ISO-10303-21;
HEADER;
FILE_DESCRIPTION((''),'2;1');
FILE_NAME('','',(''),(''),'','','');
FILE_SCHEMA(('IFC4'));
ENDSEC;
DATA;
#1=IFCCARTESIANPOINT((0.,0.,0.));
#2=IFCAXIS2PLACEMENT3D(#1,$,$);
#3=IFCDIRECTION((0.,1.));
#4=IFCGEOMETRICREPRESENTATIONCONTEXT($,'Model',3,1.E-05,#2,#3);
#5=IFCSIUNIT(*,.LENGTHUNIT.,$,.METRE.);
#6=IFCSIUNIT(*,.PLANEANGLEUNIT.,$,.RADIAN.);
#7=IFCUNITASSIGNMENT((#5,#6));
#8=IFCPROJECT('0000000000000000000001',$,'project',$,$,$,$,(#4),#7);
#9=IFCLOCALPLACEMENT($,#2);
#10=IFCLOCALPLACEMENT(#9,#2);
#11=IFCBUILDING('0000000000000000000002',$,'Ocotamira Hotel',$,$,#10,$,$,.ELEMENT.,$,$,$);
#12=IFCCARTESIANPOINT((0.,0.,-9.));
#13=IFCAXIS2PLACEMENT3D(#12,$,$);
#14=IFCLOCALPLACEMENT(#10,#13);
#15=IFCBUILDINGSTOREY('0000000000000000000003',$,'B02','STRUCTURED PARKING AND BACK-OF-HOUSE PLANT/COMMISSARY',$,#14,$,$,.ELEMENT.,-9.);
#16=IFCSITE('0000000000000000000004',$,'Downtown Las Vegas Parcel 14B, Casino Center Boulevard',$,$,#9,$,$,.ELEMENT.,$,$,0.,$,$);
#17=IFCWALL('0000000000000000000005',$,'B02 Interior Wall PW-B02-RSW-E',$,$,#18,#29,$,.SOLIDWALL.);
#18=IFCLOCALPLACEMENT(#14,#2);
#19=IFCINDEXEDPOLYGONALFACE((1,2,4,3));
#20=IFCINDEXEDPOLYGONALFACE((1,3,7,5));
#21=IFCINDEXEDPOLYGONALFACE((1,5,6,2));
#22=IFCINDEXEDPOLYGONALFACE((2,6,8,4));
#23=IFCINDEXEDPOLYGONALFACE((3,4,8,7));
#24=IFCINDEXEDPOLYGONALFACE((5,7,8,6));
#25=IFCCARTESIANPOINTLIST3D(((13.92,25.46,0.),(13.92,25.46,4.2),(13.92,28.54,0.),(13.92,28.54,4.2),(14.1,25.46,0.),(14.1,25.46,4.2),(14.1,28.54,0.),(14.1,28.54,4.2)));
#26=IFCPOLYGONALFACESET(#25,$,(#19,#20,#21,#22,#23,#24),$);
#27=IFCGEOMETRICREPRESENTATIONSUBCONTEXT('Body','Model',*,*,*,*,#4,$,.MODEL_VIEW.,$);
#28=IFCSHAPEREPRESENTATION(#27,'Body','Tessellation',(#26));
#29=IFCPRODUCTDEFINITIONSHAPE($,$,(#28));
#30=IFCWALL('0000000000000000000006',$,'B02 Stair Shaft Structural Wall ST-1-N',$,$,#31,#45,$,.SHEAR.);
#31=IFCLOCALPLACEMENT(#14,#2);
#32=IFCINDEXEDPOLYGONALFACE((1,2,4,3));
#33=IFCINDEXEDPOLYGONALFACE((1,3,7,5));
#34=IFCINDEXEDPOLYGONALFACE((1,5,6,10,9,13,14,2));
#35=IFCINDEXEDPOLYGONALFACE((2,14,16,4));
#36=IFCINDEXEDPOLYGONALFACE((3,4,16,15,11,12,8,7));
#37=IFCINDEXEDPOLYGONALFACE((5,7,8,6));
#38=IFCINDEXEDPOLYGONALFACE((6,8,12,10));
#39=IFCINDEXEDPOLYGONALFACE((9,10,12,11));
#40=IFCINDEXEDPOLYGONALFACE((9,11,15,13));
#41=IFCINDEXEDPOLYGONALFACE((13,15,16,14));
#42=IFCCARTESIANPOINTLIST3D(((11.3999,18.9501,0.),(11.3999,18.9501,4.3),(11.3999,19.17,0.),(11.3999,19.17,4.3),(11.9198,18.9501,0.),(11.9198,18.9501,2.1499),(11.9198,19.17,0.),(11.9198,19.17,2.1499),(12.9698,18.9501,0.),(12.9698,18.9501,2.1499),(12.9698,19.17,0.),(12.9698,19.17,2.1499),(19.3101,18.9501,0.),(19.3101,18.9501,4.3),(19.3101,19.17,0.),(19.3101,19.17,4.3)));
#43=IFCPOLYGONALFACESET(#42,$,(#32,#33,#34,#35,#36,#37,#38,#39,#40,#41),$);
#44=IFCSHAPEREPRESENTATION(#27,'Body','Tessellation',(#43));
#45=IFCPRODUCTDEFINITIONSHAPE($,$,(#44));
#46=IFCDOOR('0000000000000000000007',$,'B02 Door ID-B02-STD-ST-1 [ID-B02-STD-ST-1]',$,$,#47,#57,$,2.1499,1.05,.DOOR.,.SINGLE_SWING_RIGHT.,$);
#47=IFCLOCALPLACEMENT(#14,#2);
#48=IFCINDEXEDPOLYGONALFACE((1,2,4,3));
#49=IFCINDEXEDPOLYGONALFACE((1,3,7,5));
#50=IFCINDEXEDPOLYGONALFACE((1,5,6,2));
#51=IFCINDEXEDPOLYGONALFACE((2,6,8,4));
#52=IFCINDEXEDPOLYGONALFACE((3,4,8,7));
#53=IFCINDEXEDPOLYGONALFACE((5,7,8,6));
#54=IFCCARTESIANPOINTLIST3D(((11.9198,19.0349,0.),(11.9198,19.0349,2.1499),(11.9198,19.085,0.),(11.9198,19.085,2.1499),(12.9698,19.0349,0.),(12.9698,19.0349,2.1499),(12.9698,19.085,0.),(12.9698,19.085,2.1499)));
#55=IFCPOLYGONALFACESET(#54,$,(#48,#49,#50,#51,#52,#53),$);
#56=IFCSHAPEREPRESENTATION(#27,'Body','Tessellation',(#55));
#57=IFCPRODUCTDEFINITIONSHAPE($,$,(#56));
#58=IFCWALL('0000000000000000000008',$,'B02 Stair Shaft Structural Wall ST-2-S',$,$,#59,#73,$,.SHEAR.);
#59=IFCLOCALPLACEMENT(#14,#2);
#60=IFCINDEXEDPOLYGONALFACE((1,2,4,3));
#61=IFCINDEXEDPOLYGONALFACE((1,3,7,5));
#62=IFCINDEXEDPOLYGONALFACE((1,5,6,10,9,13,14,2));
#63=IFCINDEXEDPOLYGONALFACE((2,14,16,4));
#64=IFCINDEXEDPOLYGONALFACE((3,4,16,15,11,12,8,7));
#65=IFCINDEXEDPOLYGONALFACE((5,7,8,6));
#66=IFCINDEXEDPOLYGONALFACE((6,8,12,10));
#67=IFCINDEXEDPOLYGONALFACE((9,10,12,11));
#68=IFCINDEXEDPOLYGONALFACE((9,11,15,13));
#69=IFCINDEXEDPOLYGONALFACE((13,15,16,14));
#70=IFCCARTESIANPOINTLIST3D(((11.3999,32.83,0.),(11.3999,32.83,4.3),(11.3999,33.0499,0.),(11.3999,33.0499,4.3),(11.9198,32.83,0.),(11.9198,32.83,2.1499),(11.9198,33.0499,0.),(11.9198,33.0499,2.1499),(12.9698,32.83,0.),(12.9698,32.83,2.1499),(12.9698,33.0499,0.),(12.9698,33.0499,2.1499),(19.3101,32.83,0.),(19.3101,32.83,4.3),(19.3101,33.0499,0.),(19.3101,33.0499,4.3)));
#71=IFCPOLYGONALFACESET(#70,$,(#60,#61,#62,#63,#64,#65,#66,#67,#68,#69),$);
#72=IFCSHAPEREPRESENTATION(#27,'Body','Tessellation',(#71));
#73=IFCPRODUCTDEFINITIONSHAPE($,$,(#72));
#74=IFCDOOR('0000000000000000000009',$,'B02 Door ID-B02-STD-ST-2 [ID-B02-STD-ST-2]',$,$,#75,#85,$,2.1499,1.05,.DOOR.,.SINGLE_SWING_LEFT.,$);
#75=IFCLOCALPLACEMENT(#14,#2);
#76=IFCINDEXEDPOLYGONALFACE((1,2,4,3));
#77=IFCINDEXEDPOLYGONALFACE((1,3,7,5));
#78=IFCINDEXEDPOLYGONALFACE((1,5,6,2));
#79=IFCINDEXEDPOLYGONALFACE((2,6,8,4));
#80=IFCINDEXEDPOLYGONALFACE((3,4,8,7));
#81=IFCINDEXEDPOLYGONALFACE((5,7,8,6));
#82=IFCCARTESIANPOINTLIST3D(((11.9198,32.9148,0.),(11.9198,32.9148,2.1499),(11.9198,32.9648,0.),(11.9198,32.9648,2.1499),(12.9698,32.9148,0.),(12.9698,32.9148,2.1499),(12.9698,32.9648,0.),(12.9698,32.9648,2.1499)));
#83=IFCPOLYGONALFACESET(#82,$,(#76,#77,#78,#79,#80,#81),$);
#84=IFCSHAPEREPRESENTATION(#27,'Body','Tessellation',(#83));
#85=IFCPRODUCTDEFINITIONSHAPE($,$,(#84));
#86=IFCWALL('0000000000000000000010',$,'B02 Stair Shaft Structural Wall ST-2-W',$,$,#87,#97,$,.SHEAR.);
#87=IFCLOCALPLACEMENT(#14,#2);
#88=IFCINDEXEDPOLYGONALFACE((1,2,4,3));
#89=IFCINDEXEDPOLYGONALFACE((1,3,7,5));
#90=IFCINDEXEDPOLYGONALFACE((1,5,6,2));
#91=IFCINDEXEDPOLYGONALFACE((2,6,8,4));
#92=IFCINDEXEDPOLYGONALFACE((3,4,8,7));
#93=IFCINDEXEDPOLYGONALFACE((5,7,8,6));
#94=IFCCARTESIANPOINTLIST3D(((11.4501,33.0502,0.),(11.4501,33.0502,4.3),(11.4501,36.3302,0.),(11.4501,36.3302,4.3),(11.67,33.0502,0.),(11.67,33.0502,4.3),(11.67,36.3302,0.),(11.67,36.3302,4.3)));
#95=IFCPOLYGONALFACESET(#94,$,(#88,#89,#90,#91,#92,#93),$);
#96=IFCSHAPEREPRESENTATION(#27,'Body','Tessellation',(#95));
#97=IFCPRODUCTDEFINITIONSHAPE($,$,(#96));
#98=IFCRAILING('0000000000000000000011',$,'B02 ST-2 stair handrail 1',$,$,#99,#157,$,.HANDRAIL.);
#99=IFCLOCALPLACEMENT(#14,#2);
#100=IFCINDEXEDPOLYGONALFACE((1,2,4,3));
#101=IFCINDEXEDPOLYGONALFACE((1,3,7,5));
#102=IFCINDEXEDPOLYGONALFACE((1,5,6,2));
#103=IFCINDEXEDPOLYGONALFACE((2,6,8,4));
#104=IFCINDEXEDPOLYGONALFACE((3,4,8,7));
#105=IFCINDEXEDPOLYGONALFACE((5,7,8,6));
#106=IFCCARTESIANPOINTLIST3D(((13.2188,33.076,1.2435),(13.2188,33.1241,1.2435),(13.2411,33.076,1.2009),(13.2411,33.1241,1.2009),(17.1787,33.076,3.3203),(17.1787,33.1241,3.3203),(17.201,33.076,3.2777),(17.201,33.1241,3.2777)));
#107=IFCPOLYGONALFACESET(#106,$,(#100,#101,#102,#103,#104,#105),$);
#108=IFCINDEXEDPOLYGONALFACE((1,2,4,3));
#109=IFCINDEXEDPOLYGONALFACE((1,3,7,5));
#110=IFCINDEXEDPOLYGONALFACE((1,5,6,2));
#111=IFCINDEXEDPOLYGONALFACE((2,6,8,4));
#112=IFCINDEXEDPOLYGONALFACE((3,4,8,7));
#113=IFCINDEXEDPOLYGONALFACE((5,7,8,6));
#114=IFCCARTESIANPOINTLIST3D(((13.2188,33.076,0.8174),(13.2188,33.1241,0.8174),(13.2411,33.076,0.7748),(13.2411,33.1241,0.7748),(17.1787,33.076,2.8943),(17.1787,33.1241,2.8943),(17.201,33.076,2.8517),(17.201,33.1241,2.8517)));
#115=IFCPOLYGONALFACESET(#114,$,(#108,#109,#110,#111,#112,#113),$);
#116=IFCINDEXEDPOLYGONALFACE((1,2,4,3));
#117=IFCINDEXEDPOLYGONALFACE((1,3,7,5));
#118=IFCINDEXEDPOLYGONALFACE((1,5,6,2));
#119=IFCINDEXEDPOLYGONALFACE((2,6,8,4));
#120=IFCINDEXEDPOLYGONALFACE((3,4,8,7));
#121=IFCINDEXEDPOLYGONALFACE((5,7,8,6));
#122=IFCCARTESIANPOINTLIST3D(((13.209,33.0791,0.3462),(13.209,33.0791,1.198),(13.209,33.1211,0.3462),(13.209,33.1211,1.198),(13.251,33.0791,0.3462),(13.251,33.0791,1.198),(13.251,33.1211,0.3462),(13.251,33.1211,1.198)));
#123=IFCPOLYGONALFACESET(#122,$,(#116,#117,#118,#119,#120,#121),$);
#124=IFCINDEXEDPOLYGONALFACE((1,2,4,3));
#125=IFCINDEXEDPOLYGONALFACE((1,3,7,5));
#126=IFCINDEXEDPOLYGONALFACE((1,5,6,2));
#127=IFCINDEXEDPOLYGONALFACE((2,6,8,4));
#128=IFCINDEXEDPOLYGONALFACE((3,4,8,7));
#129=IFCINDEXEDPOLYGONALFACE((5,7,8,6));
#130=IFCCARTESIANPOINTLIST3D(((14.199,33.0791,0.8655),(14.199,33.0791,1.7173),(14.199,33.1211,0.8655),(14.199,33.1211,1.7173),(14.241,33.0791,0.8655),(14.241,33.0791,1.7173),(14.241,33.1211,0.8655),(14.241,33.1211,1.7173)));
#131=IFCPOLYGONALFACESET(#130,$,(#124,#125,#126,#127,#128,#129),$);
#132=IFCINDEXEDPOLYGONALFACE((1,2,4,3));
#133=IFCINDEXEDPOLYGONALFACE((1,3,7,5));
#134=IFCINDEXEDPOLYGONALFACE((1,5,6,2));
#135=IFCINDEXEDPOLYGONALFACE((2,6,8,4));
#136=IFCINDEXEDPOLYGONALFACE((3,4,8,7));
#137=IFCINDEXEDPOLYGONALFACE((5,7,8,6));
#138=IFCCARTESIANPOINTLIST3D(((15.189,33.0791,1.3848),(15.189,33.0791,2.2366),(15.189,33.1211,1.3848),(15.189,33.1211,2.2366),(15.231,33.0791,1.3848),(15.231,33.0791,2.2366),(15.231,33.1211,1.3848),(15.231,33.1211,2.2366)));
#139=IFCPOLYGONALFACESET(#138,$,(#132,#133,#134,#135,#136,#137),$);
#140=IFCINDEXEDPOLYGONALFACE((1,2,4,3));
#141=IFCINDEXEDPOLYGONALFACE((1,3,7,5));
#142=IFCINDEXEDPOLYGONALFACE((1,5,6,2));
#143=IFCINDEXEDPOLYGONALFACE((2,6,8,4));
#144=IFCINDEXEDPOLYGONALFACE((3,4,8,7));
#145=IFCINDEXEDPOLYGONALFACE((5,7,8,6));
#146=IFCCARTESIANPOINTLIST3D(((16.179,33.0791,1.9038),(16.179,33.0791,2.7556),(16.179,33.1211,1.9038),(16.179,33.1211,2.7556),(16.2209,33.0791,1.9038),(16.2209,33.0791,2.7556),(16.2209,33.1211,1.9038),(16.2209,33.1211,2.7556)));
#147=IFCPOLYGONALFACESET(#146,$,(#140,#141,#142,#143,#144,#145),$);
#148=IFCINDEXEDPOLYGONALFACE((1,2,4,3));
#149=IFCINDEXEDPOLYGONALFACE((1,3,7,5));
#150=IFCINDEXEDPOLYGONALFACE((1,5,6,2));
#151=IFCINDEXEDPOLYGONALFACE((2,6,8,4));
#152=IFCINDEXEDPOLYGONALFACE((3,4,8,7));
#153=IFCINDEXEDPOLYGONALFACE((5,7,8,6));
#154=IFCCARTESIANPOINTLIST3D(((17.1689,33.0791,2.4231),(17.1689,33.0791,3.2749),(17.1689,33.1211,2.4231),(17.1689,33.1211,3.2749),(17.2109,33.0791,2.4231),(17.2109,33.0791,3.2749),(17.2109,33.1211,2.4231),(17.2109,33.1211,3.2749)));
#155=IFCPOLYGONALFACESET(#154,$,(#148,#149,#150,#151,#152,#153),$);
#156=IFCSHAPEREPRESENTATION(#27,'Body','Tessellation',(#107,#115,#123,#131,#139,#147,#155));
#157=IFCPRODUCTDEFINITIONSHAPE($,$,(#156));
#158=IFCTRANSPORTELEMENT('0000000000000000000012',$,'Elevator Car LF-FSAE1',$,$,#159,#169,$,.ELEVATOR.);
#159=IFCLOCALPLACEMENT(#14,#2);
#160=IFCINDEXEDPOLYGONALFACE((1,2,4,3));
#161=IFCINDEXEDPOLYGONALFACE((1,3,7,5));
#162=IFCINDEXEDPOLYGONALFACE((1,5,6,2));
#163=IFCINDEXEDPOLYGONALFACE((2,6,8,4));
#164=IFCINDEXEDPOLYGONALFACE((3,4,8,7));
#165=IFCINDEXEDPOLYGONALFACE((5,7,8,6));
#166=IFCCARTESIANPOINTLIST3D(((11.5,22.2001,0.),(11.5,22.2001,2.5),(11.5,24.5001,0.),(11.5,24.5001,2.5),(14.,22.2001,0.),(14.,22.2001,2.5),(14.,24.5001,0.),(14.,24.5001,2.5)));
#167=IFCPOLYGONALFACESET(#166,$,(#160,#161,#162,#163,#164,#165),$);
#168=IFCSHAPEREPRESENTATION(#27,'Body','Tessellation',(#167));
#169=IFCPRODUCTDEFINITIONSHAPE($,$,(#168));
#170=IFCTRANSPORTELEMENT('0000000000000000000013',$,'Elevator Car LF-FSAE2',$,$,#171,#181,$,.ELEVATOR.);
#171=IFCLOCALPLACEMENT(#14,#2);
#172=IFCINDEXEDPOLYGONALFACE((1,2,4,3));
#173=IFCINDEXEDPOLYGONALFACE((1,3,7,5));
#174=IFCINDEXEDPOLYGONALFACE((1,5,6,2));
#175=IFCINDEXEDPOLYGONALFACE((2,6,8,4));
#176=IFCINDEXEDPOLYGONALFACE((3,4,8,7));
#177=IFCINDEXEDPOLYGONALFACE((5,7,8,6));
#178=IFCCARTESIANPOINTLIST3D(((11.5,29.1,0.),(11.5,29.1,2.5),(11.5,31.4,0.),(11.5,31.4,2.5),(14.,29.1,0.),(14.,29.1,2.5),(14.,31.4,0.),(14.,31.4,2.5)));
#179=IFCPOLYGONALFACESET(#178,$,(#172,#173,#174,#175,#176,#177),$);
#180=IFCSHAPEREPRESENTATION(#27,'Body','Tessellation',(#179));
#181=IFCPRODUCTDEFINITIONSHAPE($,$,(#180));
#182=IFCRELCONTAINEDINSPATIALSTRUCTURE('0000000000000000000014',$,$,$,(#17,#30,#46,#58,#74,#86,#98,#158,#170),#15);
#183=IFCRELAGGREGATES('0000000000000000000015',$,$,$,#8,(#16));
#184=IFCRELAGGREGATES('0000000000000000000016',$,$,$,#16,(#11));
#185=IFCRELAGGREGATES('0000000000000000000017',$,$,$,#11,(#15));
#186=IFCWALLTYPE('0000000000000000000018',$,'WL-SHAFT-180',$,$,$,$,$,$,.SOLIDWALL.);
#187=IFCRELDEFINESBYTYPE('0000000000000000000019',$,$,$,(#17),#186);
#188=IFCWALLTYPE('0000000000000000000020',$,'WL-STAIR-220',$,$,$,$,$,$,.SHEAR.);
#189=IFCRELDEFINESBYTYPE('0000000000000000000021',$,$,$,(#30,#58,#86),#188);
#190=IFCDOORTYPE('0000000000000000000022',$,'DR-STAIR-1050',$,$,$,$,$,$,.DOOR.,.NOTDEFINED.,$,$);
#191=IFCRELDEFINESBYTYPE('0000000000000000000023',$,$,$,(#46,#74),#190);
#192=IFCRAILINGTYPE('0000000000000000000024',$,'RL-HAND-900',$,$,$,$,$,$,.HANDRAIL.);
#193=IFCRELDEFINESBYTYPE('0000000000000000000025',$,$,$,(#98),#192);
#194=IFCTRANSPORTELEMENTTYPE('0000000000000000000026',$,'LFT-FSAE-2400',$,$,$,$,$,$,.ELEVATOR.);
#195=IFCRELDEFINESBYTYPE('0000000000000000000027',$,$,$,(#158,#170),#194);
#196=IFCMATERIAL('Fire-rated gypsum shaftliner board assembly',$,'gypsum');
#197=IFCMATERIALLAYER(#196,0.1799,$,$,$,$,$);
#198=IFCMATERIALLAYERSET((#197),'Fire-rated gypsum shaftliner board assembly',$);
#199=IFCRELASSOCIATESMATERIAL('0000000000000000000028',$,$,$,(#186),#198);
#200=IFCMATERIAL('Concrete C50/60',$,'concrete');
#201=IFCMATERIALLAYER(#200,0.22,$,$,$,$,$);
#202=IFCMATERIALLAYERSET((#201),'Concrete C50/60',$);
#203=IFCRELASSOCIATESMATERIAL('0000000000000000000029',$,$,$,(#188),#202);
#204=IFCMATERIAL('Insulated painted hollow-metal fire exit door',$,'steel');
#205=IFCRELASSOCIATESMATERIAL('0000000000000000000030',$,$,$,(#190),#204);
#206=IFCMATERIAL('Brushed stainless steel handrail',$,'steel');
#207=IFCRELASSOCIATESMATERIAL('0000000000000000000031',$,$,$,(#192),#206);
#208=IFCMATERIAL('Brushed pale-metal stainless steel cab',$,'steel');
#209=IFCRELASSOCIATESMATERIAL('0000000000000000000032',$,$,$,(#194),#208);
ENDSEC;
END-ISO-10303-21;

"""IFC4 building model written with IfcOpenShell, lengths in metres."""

from ifc_helpers import new_model, si_unit, direction, frame, frame_2d, origin, origin_2d, place, context, subcontext, project, spatial, rectangle, extrude, source, transform, mapped, material, layer, layer_set, type_object, element, fill, save


model = new_model("IFC4")

# Units and contexts
model_context = context("Model", 3, precision=1e-05, world=origin(), true_north=direction((0.0, 1.0)))
body_context = subcontext(model_context, "Body", "Model", "MODEL_VIEW")
ifc_project = project(units=[si_unit("LENGTHUNIT", "METRE"), si_unit("PLANEANGLEUNIT", "RADIAN")], contexts=[model_context])

# Site, building, storey
site_placement = place(None, origin())
site = spatial("IfcSite", under=ifc_project, at=site_placement, Name="Downtown Las Vegas Parcel 14B, Casino Center Boulevard", CompositionType="ELEMENT", RefElevation=0.0)
building_placement = place(site_placement, origin())
building = spatial("IfcBuilding", under=site, at=building_placement, Name="Ocotamira Hotel", CompositionType="ELEMENT")
storey_placement = place(building_placement, frame((0.0, 0.0, -9.0)))
storey = spatial("IfcBuildingStorey", under=building, at=storey_placement, Name="B02", Description="STRUCTURED PARKING AND BACK-OF-HOUSE PLANT/COMMISSARY", CompositionType="ELEMENT", Elevation=-9.0)

# Shared definitions
ifc_material_1 = material(Name="Concrete C50/60", Category="concrete")

# Wall
ifc_material_2 = material(Name="Fire-rated gypsum shaftliner board assembly", Category="gypsum")
ifc_layer_1 = layer(ifc_material_2, 0.1799)
ifc_layer_set_1 = layer_set([ifc_layer_1], Name="Fire-rated gypsum shaftliner board assembly")
wall_type_1 = type_object("IfcWallType", Name="WL-SHAFT-180", PredefinedType="SOLIDWALL", material=ifc_layer_set_1)
wall_1_placement = place(storey_placement, frame((14.01, 25.46, 0.0), z_axis=(0.0, 0.0, 1.0), x_axis=(0.0, 1.0, 0.0)))
element("IfcWall", 1, at=wall_1_placement, inside=storey, type_object=wall_type_1, Name="B02 Interior Wall PW-B02-RSW-E", PredefinedType="SOLIDWALL", context=body_context, shape_type="SweptSolid", body=[
    extrude(rectangle(XDim=3.0801, YDim=0.1799, at=frame_2d((1.54, 0.0))), origin(), (0.0, 0.0, 1.0), 4.2),
])

# Walls, openings, doors
ifc_layer_2 = layer(ifc_material_1, 0.22)
ifc_layer_set_2 = layer_set([ifc_layer_2], Name="Concrete C50/60")
wall_type_2 = type_object("IfcWallType", Name="WL-STAIR-220", PredefinedType="SHEAR", material=ifc_layer_set_2)
wall_2_placement = place(storey_placement, frame((11.3999, 19.0601, 0.0), z_axis=(0.0, 0.0, 1.0), x_axis=(1.0, 0.0, 0.0)))
wall_2 = element("IfcWall", 2, at=wall_2_placement, inside=storey, type_object=wall_type_2, Name="B02 Stair Shaft Structural Wall ST-1-N", PredefinedType="SHEAR", context=body_context, shape_type="SweptSolid", body=[
    extrude(rectangle(XDim=7.9102, YDim=0.22, at=frame_2d((3.9551, 0.0))), origin(), (0.0, 0.0, 1.0), 4.3),
])
opening_1_placement = place(wall_2_placement, frame((0.52, 0.0, 0.0)))
opening_1 = element("IfcOpeningElement", 3, at=opening_1_placement, cuts=wall_2, PredefinedType="OPENING", context=body_context, shape_type="SweptSolid", body=[
    extrude(rectangle(XDim=1.05, YDim=2.1499, at=frame_2d((0.5249, 1.075))), frame((0.0, 0.1201, 0.0), z_axis=(0.0, -1.0, 0.0), x_axis=(1.0, 0.0, 0.0)), (0.0, 0.0, 1.0), 0.24),
])
ifc_material_3 = material(Name="Insulated painted hollow-metal fire exit door", Category="steel")
door_type_1 = type_object("IfcDoorType", Name="DR-STAIR-1050", OperationType="NOTDEFINED", PredefinedType="DOOR", material=ifc_material_3)
shared_shape_1 = source(origin(), body_context, "Body", "SweptSolid", [
    extrude(rectangle(XDim=1.05, YDim=2.1499, at=frame_2d((0.5249, 1.075))), frame((0.0, 0.0249, 0.0), z_axis=(0.0, -1.0, 0.0), x_axis=(1.0, 0.0, 0.0)), (0.0, 0.0, 1.0), 0.05),
])
door_1_placement = place(opening_1_placement, origin())
door_1 = element("IfcDoor", 4, at=door_1_placement, inside=storey, type_object=door_type_1, Name="B02 Door ID-B02-STD-ST-1 [ID-B02-STD-ST-1]", OperationType="SINGLE_SWING_RIGHT", OverallHeight=2.1499, OverallWidth=1.05, PredefinedType="DOOR", context=body_context, shape_type="MappedRepresentation", body=[
    mapped(shared_shape_1, transform((0.0, 0.0, 0.0), scale=1.0)),
])
fill(opening_1, door_1)
wall_3_placement = place(storey_placement, frame((11.3999, 32.9399, 0.0), z_axis=(0.0, 0.0, 1.0), x_axis=(1.0, 0.0, 0.0)))
wall_3 = element("IfcWall", 5, at=wall_3_placement, inside=storey, type_object=wall_type_2, Name="B02 Stair Shaft Structural Wall ST-2-S", PredefinedType="SHEAR", context=body_context, shape_type="SweptSolid", body=[
    extrude(rectangle(XDim=7.9102, YDim=0.22, at=frame_2d((3.9551, 0.0))), origin(), (0.0, 0.0, 1.0), 4.3),
])
opening_2_placement = place(wall_3_placement, frame((0.52, 0.0, 0.0)))
opening_2 = element("IfcOpeningElement", 6, at=opening_2_placement, cuts=wall_3, PredefinedType="OPENING", context=body_context, shape_type="SweptSolid", body=[
    extrude(rectangle(XDim=1.05, YDim=2.1499, at=frame_2d((0.5249, 1.075))), frame((0.0, 0.1201, 0.0), z_axis=(0.0, -1.0, 0.0), x_axis=(1.0, 0.0, 0.0)), (0.0, 0.0, 1.0), 0.24),
])
door_2_placement = place(opening_2_placement, origin())
door_2 = element("IfcDoor", 7, at=door_2_placement, inside=storey, type_object=door_type_1, Name="B02 Door ID-B02-STD-ST-2 [ID-B02-STD-ST-2]", OperationType="SINGLE_SWING_LEFT", OverallHeight=2.1499, OverallWidth=1.05, PredefinedType="DOOR", context=body_context, shape_type="MappedRepresentation", body=[
    mapped(shared_shape_1, transform((0.0, 0.0, 0.0), scale=1.0)),
])
fill(opening_2, door_2)

# Wall
wall_4_placement = place(storey_placement, frame((11.5601, 33.05, 0.0), z_axis=(0.0, 0.0, 1.0), x_axis=(0.0, 1.0, 0.0)))
element("IfcWall", 8, at=wall_4_placement, inside=storey, type_object=wall_type_2, Name="B02 Stair Shaft Structural Wall ST-2-W", PredefinedType="SHEAR", context=body_context, shape_type="SweptSolid", body=[
    extrude(rectangle(XDim=3.28, YDim=0.22, at=frame_2d((1.6401, 0.0))), origin(), (0.0, 0.0, 1.0), 4.3),
])

# Railing
ifc_material_4 = material(Name="Brushed stainless steel handrail", Category="steel")
railing_type = type_object("IfcRailingType", Name="RL-HAND-900", PredefinedType="HANDRAIL", material=ifc_material_4)
railing_placement = place(storey_placement, frame((13.23, 33.1001, 0.3462)))
element("IfcRailing", 9, at=railing_placement, inside=storey, type_object=railing_type, Name="B02 ST-2 stair handrail 1", PredefinedType="HANDRAIL", context=body_context, shape_type="SweptSolid", body=[
    extrude(rectangle(XDim=0.0481, YDim=0.0481, at=origin_2d()), frame((0.0, 0.0, 0.876), z_axis=(0.885589, 0.0, 0.46447), x_axis=(0.0, 1.0, 0.0)), (0.0, 0.0, 1.0), 4.4714),
    extrude(rectangle(XDim=0.0481, YDim=0.0481, at=origin_2d()), frame((0.0, 0.0, 0.45), z_axis=(0.885589, 0.0, 0.46447), x_axis=(0.0, 1.0, 0.0)), (0.0, 0.0, 1.0), 4.4714),
    extrude(rectangle(XDim=0.042, YDim=0.042, at=origin_2d()), origin(), (0.0, 0.0, 1.0), 0.8518),
    extrude(rectangle(XDim=0.042, YDim=0.042, at=origin_2d()), frame((0.99, 0.0, 0.5193)), (0.0, 0.0, 1.0), 0.8518),
    extrude(rectangle(XDim=0.042, YDim=0.042, at=origin_2d()), frame((1.98, 0.0, 1.0386)), (0.0, 0.0, 1.0), 0.8518),
    extrude(rectangle(XDim=0.042, YDim=0.042, at=origin_2d()), frame((2.97, 0.0, 1.5576)), (0.0, 0.0, 1.0), 0.8518),
    extrude(rectangle(XDim=0.042, YDim=0.042, at=origin_2d()), frame((3.96, 0.0, 2.0769)), (0.0, 0.0, 1.0), 0.8518),
])

# Transport elements
ifc_material_5 = material(Name="Brushed pale-metal stainless steel cab", Category="steel")
transport_element_type = type_object("IfcTransportElementType", Name="LFT-FSAE-2400", PredefinedType="ELEVATOR", material=ifc_material_5)
shared_shape_2 = source(origin(), body_context, "Body", "SweptSolid", [
    extrude(rectangle(XDim=2.5, YDim=2.3, at=origin_2d()), origin(), (0.0, 0.0, 1.0), 2.5),
])
for number, where, z_axis, x_axis, name in (
    (10, (12.75, 23.3501, 0.0), (0.0, 0.0, 1.0), (1.0, 0.0, 0.0), "Elevator Car LF-FSAE1"),
    (11, (12.75, 30.25, 0.0), (0.0, 0.0, 1.0), (1.0, 0.0, 0.0), "Elevator Car LF-FSAE2"),
):
    element("IfcTransportElement", number, at=place(storey_placement, frame(where, z_axis=z_axis, x_axis=x_axis)), inside=storey, type_object=transport_element_type, Name=name, PredefinedType="ELEVATOR", context=body_context, shape_type="MappedRepresentation", body=[
        mapped(shared_shape_2, transform((0.0, 0.0, 0.0), scale=1.0)),
    ])

save(model, "model.ifc")
